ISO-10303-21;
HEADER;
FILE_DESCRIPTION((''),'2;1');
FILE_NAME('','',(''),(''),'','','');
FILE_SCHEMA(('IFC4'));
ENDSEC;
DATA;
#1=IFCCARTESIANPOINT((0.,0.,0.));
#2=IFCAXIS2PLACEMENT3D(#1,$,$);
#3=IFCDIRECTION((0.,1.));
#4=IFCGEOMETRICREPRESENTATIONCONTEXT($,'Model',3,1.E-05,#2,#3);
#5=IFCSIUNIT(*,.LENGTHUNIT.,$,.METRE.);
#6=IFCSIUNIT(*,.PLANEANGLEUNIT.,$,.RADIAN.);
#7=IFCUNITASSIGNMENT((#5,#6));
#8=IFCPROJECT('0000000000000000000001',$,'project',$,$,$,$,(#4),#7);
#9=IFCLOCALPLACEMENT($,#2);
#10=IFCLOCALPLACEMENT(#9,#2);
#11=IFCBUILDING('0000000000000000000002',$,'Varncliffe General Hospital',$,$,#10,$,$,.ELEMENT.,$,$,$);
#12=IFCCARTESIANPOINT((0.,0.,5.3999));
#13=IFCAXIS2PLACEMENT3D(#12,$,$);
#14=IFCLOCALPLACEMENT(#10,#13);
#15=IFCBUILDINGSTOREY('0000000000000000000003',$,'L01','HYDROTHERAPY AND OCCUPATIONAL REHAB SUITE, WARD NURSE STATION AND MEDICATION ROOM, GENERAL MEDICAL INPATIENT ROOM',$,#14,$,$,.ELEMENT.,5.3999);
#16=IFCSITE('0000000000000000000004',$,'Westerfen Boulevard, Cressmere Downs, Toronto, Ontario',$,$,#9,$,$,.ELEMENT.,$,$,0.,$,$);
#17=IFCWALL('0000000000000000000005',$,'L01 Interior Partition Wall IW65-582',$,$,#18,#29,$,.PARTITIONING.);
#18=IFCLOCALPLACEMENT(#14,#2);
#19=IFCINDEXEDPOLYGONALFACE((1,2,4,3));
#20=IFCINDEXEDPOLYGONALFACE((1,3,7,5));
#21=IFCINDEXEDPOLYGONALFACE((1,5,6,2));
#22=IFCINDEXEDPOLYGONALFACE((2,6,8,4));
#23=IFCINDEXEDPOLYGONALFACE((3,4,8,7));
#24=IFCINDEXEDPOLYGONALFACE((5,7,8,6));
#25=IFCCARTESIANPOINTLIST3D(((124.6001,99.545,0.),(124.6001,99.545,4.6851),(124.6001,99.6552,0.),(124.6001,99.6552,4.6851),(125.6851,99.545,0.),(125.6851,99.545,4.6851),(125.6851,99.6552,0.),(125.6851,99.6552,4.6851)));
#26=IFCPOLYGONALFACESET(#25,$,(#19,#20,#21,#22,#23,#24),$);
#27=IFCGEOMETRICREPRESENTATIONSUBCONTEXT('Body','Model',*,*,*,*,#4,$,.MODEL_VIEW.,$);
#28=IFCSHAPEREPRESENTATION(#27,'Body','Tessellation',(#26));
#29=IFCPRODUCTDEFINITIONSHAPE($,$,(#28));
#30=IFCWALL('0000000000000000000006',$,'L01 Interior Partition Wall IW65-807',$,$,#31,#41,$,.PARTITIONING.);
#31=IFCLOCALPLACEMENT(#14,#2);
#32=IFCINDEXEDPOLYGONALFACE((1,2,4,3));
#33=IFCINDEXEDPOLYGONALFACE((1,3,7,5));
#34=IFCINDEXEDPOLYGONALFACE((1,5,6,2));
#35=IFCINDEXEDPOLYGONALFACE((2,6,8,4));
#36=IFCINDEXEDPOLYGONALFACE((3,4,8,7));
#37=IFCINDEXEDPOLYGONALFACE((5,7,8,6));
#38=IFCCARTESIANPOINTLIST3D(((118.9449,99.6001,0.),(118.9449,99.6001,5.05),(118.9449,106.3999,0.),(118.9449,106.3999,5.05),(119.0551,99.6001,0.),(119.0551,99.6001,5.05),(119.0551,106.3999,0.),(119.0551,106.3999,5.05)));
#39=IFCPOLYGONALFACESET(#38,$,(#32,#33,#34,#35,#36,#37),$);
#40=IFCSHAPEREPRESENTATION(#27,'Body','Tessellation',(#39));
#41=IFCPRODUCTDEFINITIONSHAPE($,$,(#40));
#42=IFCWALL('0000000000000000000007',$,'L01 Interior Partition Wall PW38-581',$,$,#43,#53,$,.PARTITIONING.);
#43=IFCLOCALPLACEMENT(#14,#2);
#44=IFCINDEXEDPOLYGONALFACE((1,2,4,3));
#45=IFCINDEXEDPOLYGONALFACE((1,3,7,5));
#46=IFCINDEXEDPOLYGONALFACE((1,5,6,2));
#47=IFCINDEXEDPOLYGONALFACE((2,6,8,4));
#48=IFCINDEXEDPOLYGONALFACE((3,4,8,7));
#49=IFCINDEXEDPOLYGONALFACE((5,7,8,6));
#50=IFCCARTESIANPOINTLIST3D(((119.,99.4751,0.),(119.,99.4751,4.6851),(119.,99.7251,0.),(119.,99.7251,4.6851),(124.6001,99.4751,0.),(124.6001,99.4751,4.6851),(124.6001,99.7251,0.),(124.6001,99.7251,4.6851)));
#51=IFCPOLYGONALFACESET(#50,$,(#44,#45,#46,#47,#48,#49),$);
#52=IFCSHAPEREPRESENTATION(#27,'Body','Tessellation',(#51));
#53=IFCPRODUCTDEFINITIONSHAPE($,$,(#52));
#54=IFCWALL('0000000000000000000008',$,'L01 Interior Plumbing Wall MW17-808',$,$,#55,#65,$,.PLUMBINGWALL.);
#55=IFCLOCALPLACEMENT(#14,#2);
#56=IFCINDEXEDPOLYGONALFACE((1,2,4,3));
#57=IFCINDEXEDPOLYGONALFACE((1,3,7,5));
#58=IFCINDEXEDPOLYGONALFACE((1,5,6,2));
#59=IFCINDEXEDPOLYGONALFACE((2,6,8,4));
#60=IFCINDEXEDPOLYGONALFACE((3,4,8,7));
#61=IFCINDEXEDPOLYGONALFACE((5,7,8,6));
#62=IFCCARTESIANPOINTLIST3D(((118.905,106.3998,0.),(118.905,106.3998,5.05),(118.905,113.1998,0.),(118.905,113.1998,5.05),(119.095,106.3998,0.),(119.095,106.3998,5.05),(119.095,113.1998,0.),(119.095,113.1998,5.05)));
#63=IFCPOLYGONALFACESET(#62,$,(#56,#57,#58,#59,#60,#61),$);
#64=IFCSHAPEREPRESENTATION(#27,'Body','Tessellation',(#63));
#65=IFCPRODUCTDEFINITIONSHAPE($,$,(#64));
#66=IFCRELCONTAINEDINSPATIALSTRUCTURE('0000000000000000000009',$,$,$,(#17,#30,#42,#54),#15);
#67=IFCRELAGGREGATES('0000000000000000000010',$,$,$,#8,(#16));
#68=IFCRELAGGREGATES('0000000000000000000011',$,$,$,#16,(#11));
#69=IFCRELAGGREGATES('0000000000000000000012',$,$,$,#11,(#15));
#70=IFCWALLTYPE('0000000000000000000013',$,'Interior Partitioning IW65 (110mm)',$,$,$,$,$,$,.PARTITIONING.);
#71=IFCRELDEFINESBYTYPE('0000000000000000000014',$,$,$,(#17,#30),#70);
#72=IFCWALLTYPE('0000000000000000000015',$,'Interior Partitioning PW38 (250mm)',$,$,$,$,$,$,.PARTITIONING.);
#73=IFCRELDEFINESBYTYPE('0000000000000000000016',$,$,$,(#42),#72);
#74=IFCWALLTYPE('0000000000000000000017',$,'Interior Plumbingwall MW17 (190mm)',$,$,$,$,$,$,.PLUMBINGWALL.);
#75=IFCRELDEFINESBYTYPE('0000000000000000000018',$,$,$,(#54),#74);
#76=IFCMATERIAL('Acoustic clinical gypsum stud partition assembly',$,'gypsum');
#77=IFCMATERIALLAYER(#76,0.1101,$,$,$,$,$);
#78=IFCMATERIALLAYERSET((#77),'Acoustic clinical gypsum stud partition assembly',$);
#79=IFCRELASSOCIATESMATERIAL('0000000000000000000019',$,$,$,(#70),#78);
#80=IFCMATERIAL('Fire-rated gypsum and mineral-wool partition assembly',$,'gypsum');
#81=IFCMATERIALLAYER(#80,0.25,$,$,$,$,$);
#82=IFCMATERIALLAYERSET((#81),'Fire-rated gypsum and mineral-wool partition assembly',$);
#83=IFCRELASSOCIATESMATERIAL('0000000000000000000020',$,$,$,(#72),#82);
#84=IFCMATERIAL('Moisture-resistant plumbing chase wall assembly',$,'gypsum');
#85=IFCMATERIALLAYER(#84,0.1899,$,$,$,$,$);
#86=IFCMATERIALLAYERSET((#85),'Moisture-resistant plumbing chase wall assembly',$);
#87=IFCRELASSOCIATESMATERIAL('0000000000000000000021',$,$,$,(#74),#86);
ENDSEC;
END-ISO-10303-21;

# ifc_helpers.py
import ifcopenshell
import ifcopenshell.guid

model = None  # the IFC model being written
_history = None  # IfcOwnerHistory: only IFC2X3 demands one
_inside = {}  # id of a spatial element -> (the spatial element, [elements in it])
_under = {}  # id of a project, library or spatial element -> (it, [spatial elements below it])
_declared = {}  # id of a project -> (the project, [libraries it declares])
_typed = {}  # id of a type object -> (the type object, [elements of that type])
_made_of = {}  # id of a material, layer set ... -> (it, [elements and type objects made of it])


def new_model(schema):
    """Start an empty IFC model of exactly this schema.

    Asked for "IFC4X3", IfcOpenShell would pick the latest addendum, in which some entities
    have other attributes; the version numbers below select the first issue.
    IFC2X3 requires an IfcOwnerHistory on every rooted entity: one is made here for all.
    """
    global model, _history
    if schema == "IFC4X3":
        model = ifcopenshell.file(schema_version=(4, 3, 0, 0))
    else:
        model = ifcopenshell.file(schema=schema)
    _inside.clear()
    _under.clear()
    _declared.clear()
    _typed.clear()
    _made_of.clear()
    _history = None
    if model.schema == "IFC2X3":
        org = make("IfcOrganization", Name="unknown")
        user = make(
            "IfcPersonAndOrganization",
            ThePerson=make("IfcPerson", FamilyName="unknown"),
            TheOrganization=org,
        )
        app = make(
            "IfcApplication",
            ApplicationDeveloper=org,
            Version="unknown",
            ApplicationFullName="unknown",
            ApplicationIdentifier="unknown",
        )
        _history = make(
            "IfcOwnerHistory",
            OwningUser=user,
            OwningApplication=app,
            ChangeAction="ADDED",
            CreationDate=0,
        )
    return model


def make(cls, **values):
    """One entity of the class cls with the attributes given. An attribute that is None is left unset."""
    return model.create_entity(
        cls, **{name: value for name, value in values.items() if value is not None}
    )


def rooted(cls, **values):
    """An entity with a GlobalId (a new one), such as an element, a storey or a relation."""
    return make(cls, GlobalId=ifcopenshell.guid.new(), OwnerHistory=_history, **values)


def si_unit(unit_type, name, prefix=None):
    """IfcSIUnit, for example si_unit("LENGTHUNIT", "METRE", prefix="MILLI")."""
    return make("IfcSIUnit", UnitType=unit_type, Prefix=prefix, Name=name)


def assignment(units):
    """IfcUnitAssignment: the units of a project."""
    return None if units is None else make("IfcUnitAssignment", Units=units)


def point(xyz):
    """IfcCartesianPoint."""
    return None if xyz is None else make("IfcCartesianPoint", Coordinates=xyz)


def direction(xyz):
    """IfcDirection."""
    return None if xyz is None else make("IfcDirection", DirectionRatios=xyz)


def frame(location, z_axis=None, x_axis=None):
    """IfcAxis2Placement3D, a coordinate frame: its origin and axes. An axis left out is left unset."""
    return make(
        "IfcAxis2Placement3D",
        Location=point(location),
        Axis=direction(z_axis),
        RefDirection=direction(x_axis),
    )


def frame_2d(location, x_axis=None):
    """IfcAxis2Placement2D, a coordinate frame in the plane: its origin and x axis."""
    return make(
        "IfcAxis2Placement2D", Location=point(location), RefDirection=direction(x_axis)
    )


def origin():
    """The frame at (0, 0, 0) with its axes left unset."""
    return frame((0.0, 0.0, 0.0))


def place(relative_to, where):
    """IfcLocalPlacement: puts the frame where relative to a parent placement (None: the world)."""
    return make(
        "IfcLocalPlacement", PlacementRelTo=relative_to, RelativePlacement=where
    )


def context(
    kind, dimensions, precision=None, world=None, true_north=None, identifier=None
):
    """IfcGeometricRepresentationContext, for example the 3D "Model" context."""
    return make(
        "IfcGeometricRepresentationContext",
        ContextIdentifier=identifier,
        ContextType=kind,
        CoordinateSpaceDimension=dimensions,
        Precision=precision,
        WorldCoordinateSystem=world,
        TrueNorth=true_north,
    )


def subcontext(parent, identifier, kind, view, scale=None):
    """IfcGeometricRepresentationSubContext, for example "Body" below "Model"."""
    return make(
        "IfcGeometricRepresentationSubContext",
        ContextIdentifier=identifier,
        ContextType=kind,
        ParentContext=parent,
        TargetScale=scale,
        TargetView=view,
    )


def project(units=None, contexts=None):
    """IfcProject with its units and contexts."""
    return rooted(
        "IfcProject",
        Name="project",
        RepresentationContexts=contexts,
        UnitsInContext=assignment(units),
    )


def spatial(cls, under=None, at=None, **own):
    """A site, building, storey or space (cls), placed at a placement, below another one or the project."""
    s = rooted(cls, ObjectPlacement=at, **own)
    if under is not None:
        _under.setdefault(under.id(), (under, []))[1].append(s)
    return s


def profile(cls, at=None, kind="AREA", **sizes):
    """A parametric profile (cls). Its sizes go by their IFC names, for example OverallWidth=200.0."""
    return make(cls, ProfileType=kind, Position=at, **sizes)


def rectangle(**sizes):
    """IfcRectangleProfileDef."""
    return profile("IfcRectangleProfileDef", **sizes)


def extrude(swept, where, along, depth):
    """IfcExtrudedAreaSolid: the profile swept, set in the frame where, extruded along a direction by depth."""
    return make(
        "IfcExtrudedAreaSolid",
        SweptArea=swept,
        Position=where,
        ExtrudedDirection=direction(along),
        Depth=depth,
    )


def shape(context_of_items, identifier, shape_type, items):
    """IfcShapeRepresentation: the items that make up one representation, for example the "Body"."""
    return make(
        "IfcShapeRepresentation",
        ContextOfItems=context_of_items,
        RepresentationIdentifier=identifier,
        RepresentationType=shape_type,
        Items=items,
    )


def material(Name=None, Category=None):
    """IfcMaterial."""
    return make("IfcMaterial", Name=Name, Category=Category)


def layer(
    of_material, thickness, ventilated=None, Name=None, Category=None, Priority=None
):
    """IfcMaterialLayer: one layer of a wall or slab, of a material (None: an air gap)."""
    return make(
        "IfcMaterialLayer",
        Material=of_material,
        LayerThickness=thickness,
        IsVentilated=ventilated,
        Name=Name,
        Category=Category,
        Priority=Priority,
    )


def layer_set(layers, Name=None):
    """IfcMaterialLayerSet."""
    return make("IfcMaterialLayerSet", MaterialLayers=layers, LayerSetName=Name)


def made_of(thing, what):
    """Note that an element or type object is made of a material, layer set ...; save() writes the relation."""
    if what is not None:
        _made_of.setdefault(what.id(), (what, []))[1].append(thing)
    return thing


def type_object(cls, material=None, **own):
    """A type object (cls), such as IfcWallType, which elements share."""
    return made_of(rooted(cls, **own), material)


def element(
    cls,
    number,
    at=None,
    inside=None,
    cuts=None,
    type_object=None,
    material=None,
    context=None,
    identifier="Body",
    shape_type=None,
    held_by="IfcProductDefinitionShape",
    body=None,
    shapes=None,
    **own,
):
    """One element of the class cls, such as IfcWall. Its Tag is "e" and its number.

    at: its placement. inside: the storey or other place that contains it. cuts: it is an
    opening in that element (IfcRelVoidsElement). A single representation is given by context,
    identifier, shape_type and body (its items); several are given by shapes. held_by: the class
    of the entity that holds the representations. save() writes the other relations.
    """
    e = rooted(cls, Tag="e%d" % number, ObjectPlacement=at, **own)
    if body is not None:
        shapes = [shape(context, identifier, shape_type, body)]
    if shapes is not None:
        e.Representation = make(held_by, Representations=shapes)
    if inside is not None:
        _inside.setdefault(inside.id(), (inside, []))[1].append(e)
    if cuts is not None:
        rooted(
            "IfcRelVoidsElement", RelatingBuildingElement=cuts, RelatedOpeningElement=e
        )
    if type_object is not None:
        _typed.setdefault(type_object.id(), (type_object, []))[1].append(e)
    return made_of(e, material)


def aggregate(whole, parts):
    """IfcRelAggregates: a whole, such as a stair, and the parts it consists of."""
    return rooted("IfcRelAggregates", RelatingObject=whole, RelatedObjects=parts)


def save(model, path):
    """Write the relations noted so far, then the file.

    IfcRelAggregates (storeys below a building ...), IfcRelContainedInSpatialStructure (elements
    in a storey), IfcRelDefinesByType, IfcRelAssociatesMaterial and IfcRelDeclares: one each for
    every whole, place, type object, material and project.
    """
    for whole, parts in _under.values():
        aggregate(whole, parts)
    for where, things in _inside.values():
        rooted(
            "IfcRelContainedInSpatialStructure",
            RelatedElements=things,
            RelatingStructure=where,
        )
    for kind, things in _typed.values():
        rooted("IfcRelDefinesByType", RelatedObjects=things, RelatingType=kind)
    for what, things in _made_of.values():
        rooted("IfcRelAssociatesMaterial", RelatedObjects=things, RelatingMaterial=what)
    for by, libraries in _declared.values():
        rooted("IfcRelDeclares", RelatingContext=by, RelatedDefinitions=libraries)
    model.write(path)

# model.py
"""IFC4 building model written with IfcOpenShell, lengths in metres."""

from ifc_helpers import new_model, si_unit, direction, frame, frame_2d, origin, place, context, subcontext, project, spatial, rectangle, extrude, material, layer, layer_set, type_object, element, save


model = new_model("IFC4")

# Units and contexts
model_context = context("Model", 3, precision=1e-05, world=origin(), true_north=direction((0.0, 1.0)))
body_context = subcontext(model_context, "Body", "Model", "MODEL_VIEW")
ifc_project = project(units=[si_unit("LENGTHUNIT", "METRE"), si_unit("PLANEANGLEUNIT", "RADIAN")], contexts=[model_context])

# Site, building, storey
site_placement = place(None, origin())
site = spatial("IfcSite", under=ifc_project, at=site_placement, Name="Westerfen Boulevard, Cressmere Downs, Toronto, Ontario", CompositionType="ELEMENT", RefElevation=0.0)
building_placement = place(site_placement, origin())
building = spatial("IfcBuilding", under=site, at=building_placement, Name="Varncliffe General Hospital", CompositionType="ELEMENT")
storey_placement = place(building_placement, frame((0.0, 0.0, 5.3999)))
storey = spatial("IfcBuildingStorey", under=building, at=storey_placement, Name="L01", Description="HYDROTHERAPY AND OCCUPATIONAL REHAB SUITE, WARD NURSE STATION AND MEDICATION ROOM, GENERAL MEDICAL INPATIENT ROOM", CompositionType="ELEMENT", Elevation=5.3999)

# Walls
ifc_material_1 = material(Name="Acoustic clinical gypsum stud partition assembly", Category="gypsum")
ifc_layer_1 = layer(ifc_material_1, 0.1101)
ifc_layer_set_1 = layer_set([ifc_layer_1], Name="Acoustic clinical gypsum stud partition assembly")
wall_type_1 = type_object("IfcWallType", Name="Interior Partitioning IW65 (110mm)", PredefinedType="PARTITIONING", material=ifc_layer_set_1)
wall_1_placement = place(storey_placement, frame((124.6001, 99.6001, 0.0), z_axis=(0.0, 0.0, 1.0), x_axis=(1.0, 0.0, 0.0)))
element("IfcWall", 1, at=wall_1_placement, inside=storey, type_object=wall_type_1, Name="L01 Interior Partition Wall IW65-582", PredefinedType="PARTITIONING", context=body_context, shape_type="SweptSolid", body=[
    extrude(rectangle(XDim=1.085, YDim=0.1101, at=frame_2d((0.5425, 0.0))), origin(), (0.0, 0.0, 1.0), 4.6851),
])
wall_2_placement = place(storey_placement, frame((119.0, 99.6001, 0.0), z_axis=(0.0, 0.0, 1.0), x_axis=(0.0, 1.0, 0.0)))
element("IfcWall", 2, at=wall_2_placement, inside=storey, type_object=wall_type_1, Name="L01 Interior Partition Wall IW65-807", PredefinedType="PARTITIONING", context=body_context, shape_type="SweptSolid", body=[
    extrude(rectangle(XDim=6.7998, YDim=0.1101, at=frame_2d((3.3999, 0.0))), origin(), (0.0, 0.0, 1.0), 5.05),
])
ifc_material_2 = material(Name="Fire-rated gypsum and mineral-wool partition assembly", Category="gypsum")
ifc_layer_2 = layer(ifc_material_2, 0.25)
ifc_layer_set_2 = layer_set([ifc_layer_2], Name="Fire-rated gypsum and mineral-wool partition assembly")
wall_type_2 = type_object("IfcWallType", Name="Interior Partitioning PW38 (250mm)", PredefinedType="PARTITIONING", material=ifc_layer_set_2)
wall_3_placement = place(storey_placement, frame((119.0, 99.6001, 0.0), z_axis=(0.0, 0.0, 1.0), x_axis=(1.0, 0.0, 0.0)))
element("IfcWall", 3, at=wall_3_placement, inside=storey, type_object=wall_type_2, Name="L01 Interior Partition Wall PW38-581", PredefinedType="PARTITIONING", context=body_context, shape_type="SweptSolid", body=[
    extrude(rectangle(XDim=5.6001, YDim=0.25, at=frame_2d((2.8, 0.0))), origin(), (0.0, 0.0, 1.0), 4.6851),
])
ifc_material_3 = material(Name="Moisture-resistant plumbing chase wall assembly", Category="gypsum")
ifc_layer_3 = layer(ifc_material_3, 0.1899)
ifc_layer_set_3 = layer_set([ifc_layer_3], Name="Moisture-resistant plumbing chase wall assembly")
wall_type_3 = type_object("IfcWallType", Name="Interior Plumbingwall MW17 (190mm)", PredefinedType="PLUMBINGWALL", material=ifc_layer_set_3)
wall_4_placement = place(storey_placement, frame((119.0, 106.3999, 0.0), z_axis=(0.0, 0.0, 1.0), x_axis=(0.0, 1.0, 0.0)))
element("IfcWall", 4, at=wall_4_placement, inside=storey, type_object=wall_type_3, Name="L01 Interior Plumbing Wall MW17-808", PredefinedType="PLUMBINGWALL", context=body_context, shape_type="SweptSolid", body=[
    extrude(rectangle(XDim=6.8, YDim=0.1899, at=frame_2d((3.3999, 0.0))), origin(), (0.0, 0.0, 1.0), 5.05),
])

save(model, "model.ifc")
